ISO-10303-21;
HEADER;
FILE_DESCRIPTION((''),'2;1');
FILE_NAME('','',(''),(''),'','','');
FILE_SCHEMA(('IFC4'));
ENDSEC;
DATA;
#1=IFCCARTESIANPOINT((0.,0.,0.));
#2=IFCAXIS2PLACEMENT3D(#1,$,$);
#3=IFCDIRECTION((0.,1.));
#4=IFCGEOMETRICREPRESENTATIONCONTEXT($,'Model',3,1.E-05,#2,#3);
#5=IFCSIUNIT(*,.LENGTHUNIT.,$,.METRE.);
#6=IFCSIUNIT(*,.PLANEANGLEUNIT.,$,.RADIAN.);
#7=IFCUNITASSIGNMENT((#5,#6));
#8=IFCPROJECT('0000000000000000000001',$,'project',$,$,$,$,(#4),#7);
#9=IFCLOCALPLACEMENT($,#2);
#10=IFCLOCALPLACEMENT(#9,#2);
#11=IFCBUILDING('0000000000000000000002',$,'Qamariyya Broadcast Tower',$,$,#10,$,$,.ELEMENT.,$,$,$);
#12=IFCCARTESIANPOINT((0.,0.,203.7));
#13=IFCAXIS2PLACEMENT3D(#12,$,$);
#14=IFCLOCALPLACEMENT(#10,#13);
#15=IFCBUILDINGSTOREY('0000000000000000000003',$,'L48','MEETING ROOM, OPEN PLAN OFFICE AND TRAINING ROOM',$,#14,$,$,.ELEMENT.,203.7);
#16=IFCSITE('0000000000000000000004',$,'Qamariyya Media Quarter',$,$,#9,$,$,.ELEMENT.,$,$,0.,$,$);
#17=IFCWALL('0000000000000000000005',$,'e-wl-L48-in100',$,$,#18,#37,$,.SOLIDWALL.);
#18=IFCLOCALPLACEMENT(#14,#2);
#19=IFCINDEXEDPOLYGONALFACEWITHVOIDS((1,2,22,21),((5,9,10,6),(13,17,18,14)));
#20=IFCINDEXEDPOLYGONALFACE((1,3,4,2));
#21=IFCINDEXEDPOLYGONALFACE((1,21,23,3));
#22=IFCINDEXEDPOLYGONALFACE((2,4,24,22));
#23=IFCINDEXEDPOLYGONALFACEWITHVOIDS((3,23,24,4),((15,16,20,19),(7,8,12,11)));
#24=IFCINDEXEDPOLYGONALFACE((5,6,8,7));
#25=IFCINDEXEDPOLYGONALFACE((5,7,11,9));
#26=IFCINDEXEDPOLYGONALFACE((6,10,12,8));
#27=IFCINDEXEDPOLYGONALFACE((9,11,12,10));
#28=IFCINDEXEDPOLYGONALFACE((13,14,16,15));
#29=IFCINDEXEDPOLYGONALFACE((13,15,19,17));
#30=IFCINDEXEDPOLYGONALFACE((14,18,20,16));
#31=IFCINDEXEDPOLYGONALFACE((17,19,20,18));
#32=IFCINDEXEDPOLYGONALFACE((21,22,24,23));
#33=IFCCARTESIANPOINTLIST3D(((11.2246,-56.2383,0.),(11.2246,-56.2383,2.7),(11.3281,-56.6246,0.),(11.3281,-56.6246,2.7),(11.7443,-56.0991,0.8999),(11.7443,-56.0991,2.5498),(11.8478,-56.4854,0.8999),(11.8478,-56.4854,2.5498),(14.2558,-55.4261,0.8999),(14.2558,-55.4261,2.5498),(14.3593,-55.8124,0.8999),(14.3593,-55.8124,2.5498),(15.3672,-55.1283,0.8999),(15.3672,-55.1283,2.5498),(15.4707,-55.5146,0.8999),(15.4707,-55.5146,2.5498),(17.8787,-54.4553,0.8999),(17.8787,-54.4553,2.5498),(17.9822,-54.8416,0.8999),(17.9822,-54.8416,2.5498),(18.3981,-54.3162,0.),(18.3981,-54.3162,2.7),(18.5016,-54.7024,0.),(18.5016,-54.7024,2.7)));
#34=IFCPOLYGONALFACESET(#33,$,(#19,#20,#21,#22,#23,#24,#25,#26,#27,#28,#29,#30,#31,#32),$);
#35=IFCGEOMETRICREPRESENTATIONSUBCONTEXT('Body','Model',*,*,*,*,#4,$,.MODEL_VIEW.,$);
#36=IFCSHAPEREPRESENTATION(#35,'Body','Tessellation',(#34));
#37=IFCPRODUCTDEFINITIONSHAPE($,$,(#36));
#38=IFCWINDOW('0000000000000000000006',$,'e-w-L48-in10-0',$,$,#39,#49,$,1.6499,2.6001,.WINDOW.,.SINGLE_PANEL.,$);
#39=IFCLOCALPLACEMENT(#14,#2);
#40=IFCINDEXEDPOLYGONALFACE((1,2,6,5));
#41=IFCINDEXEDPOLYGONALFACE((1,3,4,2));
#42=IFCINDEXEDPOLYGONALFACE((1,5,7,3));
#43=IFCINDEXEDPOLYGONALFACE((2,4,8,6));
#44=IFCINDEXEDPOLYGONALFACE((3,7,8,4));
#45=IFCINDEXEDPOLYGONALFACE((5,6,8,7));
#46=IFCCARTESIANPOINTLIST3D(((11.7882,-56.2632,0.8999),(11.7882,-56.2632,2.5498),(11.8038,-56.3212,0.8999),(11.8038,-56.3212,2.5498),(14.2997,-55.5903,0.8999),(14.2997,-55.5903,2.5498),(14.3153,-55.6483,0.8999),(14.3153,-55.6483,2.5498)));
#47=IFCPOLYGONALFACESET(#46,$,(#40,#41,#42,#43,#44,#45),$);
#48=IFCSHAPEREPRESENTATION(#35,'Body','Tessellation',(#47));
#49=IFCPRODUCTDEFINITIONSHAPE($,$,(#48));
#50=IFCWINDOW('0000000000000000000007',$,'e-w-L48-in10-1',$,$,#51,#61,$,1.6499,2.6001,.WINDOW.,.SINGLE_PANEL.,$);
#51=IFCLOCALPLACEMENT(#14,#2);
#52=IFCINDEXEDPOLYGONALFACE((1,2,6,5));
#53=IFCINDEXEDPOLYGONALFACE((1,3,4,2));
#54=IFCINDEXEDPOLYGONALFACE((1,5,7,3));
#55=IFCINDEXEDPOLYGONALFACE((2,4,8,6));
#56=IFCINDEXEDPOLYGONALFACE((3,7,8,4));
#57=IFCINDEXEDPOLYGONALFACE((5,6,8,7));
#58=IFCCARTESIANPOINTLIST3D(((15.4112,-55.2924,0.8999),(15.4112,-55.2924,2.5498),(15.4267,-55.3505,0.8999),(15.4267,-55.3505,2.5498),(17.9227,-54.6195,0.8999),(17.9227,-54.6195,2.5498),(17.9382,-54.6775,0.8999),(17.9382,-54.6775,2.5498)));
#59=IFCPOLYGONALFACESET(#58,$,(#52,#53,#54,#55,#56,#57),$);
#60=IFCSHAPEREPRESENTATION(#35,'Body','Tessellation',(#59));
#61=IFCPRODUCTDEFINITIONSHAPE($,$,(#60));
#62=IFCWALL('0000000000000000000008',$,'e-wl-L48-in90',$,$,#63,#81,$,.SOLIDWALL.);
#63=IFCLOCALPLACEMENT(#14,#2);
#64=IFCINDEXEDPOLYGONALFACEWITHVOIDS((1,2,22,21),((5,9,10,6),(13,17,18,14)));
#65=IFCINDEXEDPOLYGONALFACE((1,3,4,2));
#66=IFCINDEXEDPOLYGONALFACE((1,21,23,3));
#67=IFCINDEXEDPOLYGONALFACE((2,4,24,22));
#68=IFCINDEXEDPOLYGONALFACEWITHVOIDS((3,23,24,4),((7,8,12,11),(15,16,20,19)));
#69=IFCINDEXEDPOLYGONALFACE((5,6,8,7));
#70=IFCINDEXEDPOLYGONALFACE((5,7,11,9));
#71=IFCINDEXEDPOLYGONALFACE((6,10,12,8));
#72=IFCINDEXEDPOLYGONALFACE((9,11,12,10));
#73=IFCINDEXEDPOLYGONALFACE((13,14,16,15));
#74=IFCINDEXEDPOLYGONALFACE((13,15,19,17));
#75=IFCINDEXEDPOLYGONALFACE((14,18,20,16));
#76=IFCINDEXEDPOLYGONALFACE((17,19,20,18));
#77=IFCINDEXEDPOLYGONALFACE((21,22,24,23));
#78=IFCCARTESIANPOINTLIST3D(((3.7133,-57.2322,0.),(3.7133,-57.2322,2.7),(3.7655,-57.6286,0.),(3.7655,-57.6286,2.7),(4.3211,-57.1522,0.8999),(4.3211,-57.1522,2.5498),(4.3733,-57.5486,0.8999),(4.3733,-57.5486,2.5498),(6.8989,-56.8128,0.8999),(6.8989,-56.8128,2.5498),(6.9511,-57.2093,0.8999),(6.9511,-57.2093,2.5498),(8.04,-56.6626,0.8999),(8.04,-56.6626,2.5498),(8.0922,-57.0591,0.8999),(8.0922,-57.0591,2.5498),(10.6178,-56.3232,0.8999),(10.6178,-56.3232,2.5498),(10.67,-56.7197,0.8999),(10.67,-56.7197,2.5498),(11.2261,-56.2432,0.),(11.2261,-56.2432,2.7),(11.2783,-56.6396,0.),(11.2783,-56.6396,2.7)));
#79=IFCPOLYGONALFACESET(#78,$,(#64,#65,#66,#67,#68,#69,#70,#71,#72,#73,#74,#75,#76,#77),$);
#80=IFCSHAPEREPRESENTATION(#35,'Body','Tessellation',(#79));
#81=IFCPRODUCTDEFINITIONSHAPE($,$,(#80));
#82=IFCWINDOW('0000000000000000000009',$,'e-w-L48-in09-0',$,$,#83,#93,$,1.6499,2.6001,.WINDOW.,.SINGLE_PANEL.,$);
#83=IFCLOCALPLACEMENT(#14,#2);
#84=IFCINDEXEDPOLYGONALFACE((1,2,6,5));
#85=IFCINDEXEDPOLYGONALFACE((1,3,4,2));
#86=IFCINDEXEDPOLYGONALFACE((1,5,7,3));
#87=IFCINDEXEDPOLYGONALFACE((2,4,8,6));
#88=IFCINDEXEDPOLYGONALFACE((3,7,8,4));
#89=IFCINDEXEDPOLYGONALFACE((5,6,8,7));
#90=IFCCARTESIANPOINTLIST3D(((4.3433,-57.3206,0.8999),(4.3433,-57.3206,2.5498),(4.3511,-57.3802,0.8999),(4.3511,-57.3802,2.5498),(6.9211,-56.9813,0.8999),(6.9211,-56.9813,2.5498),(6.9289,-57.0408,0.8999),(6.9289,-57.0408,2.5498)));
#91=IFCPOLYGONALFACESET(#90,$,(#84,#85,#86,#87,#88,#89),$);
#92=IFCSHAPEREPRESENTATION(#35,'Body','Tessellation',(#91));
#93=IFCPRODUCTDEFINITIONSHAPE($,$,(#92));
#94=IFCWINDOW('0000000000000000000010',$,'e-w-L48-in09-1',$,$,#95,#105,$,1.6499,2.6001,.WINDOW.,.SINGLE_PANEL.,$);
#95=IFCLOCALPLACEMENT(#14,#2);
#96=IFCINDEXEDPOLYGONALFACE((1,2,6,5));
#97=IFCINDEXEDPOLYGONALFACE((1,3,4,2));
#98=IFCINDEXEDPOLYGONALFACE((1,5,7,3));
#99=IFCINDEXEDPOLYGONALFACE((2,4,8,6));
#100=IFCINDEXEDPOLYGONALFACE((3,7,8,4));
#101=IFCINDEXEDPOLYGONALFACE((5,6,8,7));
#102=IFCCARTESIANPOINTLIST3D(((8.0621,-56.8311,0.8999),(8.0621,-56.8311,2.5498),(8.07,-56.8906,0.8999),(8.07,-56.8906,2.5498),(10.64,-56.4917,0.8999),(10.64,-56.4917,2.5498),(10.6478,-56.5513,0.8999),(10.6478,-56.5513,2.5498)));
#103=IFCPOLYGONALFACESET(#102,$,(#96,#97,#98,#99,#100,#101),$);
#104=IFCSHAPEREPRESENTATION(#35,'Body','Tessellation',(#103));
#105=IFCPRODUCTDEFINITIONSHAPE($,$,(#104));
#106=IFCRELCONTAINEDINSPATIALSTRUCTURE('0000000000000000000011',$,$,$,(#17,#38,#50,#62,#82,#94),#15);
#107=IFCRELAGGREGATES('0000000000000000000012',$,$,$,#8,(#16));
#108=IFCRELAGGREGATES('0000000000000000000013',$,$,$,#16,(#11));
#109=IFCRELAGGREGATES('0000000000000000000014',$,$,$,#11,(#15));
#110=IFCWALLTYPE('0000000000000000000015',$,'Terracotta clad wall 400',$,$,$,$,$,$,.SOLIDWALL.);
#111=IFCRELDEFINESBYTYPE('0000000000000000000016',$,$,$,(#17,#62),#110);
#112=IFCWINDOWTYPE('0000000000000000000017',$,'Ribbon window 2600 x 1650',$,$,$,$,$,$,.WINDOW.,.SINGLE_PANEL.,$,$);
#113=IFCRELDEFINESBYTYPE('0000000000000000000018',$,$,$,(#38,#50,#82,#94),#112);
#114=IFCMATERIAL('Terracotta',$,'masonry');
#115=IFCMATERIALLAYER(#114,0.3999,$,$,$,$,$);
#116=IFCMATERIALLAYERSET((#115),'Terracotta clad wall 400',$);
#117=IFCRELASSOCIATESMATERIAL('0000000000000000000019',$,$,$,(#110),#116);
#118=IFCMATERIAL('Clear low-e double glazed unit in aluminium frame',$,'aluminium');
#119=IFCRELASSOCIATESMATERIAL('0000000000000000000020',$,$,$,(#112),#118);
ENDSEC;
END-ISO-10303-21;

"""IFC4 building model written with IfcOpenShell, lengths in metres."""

from ifc_helpers import new_model, si_unit, direction, frame, frame_2d, origin, place, context, subcontext, project, spatial, rectangle, extrude, material, layer, layer_set, type_object, element, fill, save


model = new_model("IFC4")

# Units and contexts
model_context = context("Model", 3, precision=1e-05, world=origin(), true_north=direction((0.0, 1.0)))
body_context = subcontext(model_context, "Body", "Model", "MODEL_VIEW")
ifc_project = project(units=[si_unit("LENGTHUNIT", "METRE"), si_unit("PLANEANGLEUNIT", "RADIAN")], contexts=[model_context])

# Site, building, storey
site_placement = place(None, origin())
site = spatial("IfcSite", under=ifc_project, at=site_placement, Name="Qamariyya Media Quarter", CompositionType="ELEMENT", RefElevation=0.0)
building_placement = place(site_placement, origin())
building = spatial("IfcBuilding", under=site, at=building_placement, Name="Qamariyya Broadcast Tower", CompositionType="ELEMENT")
storey_placement = place(building_placement, frame((0.0, 0.0, 203.7)))
storey = spatial("IfcBuildingStorey", under=building, at=storey_placement, Name="L48", Description="MEETING ROOM, OPEN PLAN OFFICE AND TRAINING ROOM", CompositionType="ELEMENT", Elevation=203.7)

# Walls, openings, windows
ifc_material_1 = material(Name="Terracotta", Category="masonry")
ifc_layer_1 = layer(ifc_material_1, 0.3999)
ifc_layer_set_1 = layer_set([ifc_layer_1], Name="Terracotta clad wall 400")
wall_type_1 = type_object("IfcWallType", Name="Terracotta clad wall 400", PredefinedType="SOLIDWALL", material=ifc_layer_set_1)
wall_1_placement = place(storey_placement, frame((18.45, -54.5093, 0.0), z_axis=(0.0, 0.0, 1.0), x_axis=(-0.965925, -0.258823, 0.0)))
wall_1 = element("IfcWall", 1, at=wall_1_placement, inside=storey, type_object=wall_type_1, Name="e-wl-L48-in100", PredefinedType="SOLIDWALL", context=body_context, shape_type="SweptSolid", body=[
    extrude(rectangle(XDim=7.4265, YDim=0.3999, at=frame_2d((3.7134, 0.0))), origin(), (0.0, 0.0, 1.0), 2.7),
])
opening_1_placement = place(wall_1_placement, frame((4.2886, 0.0, 0.8999)))
opening_1 = element("IfcOpeningElement", 2, at=opening_1_placement, cuts=wall_1, PredefinedType="OPENING", context=body_context, shape_type="SweptSolid", body=[
    extrude(rectangle(XDim=2.6001, YDim=1.6499, at=frame_2d((1.3, 0.825))), frame((0.0, 0.21, 0.0), z_axis=(0.0, -1.0, 0.0), x_axis=(1.0, 0.0, 0.0)), (0.0, 0.0, 1.0), 0.4199),
])
opening_2_placement = place(wall_1_placement, frame((0.5378, 0.0, 0.8999)))
opening_2 = element("IfcOpeningElement", 3, at=opening_2_placement, cuts=wall_1, PredefinedType="OPENING", context=body_context, shape_type="SweptSolid", body=[
    extrude(rectangle(XDim=2.6001, YDim=1.6499, at=frame_2d((1.3, 0.825))), frame((0.0, 0.21, 0.0), z_axis=(0.0, -1.0, 0.0), x_axis=(1.0, 0.0, 0.0)), (0.0, 0.0, 1.0), 0.4199),
])
ifc_material_2 = material(Name="Clear low-e double glazed unit in aluminium frame", Category="aluminium")
window_type = type_object("IfcWindowType", Name="Ribbon window 2600 x 1650", PartitioningType="SINGLE_PANEL", PredefinedType="WINDOW", material=ifc_material_2)
window_1_placement = place(opening_1_placement, origin())
window_1 = element("IfcWindow", 4, at=window_1_placement, inside=storey, type_object=window_type, Name="e-w-L48-in10-0", OverallHeight=1.6499, OverallWidth=2.6001, PartitioningType="SINGLE_PANEL", PredefinedType="WINDOW", context=body_context, shape_type="SweptSolid", body=[
    extrude(rectangle(XDim=2.6001, YDim=1.6499, at=frame_2d((1.3, 0.825))), frame((0.0, 0.03, 0.0), z_axis=(0.0, -1.0, 0.0), x_axis=(1.0, 0.0, 0.0)), (0.0, 0.0, 1.0), 0.0601),
])
fill(opening_1, window_1)
window_2_placement = place(opening_2_placement, origin())
window_2 = element("IfcWindow", 5, at=window_2_placement, inside=storey, type_object=window_type, Name="e-w-L48-in10-1", OverallHeight=1.6499, OverallWidth=2.6001, PartitioningType="SINGLE_PANEL", PredefinedType="WINDOW", context=body_context, shape_type="SweptSolid", body=[
    extrude(rectangle(XDim=2.6001, YDim=1.6499, at=frame_2d((1.3, 0.825))), frame((0.0, 0.03, 0.0), z_axis=(0.0, -1.0, 0.0), x_axis=(1.0, 0.0, 0.0)), (0.0, 0.0, 1.0), 0.0601),
])
fill(opening_2, window_2)
wall_2_placement = place(storey_placement, frame((11.2522, -56.4414, 0.0), z_axis=(0.0, 0.0, 1.0), x_axis=(-0.991446, -0.130515, 0.0)))
wall_2 = element("IfcWall", 6, at=wall_2_placement, inside=storey, type_object=wall_type_1, Name="e-wl-L48-in90", PredefinedType="SOLIDWALL", context=body_context, shape_type="SweptSolid", body=[
    extrude(rectangle(XDim=7.5776, YDim=0.3999, at=frame_2d((3.7888, 0.0))), origin(), (0.0, 0.0, 1.0), 2.7),
])
opening_3_placement = place(wall_2_placement, frame((4.3645, 0.0, 0.8999)))
opening_3 = element("IfcOpeningElement", 7, at=opening_3_placement, cuts=wall_2, PredefinedType="OPENING", context=body_context, shape_type="SweptSolid", body=[
    extrude(rectangle(XDim=2.6001, YDim=1.6499, at=frame_2d((1.3, 0.825))), frame((0.0, 0.21, 0.0), z_axis=(0.0, -1.0, 0.0), x_axis=(1.0, 0.0, 0.0)), (0.0, 0.0, 1.0), 0.4199),
])
opening_4_placement = place(wall_2_placement, frame((0.6135, 0.0, 0.8999)))
opening_4 = element("IfcOpeningElement", 8, at=opening_4_placement, cuts=wall_2, PredefinedType="OPENING", context=body_context, shape_type="SweptSolid", body=[
    extrude(rectangle(XDim=2.6001, YDim=1.6499, at=frame_2d((1.3, 0.825))), frame((0.0, 0.21, 0.0), z_axis=(0.0, -1.0, 0.0), x_axis=(1.0, 0.0, 0.0)), (0.0, 0.0, 1.0), 0.4199),
])
window_3_placement = place(opening_3_placement, origin())
window_3 = element("IfcWindow", 9, at=window_3_placement, inside=storey, type_object=window_type, Name="e-w-L48-in09-0", OverallHeight=1.6499, OverallWidth=2.6001, PartitioningType="SINGLE_PANEL", PredefinedType="WINDOW", context=body_context, shape_type="SweptSolid", body=[
    extrude(rectangle(XDim=2.6001, YDim=1.6499, at=frame_2d((1.3, 0.825))), frame((0.0, 0.03, 0.0), z_axis=(0.0, -1.0, 0.0), x_axis=(1.0, 0.0, 0.0)), (0.0, 0.0, 1.0), 0.0601),
])
fill(opening_3, window_3)
window_4_placement = place(opening_4_placement, origin())
window_4 = element("IfcWindow", 10, at=window_4_placement, inside=storey, type_object=window_type, Name="e-w-L48-in09-1", OverallHeight=1.6499, OverallWidth=2.6001, PartitioningType="SINGLE_PANEL", PredefinedType="WINDOW", context=body_context, shape_type="SweptSolid", body=[
    extrude(rectangle(XDim=2.6001, YDim=1.6499, at=frame_2d((1.3, 0.825))), frame((0.0, 0.03, 0.0), z_axis=(0.0, -1.0, 0.0), x_axis=(1.0, 0.0, 0.0)), (0.0, 0.0, 1.0), 0.0601),
])
fill(opening_4, window_4)

save(model, "model.ifc")
